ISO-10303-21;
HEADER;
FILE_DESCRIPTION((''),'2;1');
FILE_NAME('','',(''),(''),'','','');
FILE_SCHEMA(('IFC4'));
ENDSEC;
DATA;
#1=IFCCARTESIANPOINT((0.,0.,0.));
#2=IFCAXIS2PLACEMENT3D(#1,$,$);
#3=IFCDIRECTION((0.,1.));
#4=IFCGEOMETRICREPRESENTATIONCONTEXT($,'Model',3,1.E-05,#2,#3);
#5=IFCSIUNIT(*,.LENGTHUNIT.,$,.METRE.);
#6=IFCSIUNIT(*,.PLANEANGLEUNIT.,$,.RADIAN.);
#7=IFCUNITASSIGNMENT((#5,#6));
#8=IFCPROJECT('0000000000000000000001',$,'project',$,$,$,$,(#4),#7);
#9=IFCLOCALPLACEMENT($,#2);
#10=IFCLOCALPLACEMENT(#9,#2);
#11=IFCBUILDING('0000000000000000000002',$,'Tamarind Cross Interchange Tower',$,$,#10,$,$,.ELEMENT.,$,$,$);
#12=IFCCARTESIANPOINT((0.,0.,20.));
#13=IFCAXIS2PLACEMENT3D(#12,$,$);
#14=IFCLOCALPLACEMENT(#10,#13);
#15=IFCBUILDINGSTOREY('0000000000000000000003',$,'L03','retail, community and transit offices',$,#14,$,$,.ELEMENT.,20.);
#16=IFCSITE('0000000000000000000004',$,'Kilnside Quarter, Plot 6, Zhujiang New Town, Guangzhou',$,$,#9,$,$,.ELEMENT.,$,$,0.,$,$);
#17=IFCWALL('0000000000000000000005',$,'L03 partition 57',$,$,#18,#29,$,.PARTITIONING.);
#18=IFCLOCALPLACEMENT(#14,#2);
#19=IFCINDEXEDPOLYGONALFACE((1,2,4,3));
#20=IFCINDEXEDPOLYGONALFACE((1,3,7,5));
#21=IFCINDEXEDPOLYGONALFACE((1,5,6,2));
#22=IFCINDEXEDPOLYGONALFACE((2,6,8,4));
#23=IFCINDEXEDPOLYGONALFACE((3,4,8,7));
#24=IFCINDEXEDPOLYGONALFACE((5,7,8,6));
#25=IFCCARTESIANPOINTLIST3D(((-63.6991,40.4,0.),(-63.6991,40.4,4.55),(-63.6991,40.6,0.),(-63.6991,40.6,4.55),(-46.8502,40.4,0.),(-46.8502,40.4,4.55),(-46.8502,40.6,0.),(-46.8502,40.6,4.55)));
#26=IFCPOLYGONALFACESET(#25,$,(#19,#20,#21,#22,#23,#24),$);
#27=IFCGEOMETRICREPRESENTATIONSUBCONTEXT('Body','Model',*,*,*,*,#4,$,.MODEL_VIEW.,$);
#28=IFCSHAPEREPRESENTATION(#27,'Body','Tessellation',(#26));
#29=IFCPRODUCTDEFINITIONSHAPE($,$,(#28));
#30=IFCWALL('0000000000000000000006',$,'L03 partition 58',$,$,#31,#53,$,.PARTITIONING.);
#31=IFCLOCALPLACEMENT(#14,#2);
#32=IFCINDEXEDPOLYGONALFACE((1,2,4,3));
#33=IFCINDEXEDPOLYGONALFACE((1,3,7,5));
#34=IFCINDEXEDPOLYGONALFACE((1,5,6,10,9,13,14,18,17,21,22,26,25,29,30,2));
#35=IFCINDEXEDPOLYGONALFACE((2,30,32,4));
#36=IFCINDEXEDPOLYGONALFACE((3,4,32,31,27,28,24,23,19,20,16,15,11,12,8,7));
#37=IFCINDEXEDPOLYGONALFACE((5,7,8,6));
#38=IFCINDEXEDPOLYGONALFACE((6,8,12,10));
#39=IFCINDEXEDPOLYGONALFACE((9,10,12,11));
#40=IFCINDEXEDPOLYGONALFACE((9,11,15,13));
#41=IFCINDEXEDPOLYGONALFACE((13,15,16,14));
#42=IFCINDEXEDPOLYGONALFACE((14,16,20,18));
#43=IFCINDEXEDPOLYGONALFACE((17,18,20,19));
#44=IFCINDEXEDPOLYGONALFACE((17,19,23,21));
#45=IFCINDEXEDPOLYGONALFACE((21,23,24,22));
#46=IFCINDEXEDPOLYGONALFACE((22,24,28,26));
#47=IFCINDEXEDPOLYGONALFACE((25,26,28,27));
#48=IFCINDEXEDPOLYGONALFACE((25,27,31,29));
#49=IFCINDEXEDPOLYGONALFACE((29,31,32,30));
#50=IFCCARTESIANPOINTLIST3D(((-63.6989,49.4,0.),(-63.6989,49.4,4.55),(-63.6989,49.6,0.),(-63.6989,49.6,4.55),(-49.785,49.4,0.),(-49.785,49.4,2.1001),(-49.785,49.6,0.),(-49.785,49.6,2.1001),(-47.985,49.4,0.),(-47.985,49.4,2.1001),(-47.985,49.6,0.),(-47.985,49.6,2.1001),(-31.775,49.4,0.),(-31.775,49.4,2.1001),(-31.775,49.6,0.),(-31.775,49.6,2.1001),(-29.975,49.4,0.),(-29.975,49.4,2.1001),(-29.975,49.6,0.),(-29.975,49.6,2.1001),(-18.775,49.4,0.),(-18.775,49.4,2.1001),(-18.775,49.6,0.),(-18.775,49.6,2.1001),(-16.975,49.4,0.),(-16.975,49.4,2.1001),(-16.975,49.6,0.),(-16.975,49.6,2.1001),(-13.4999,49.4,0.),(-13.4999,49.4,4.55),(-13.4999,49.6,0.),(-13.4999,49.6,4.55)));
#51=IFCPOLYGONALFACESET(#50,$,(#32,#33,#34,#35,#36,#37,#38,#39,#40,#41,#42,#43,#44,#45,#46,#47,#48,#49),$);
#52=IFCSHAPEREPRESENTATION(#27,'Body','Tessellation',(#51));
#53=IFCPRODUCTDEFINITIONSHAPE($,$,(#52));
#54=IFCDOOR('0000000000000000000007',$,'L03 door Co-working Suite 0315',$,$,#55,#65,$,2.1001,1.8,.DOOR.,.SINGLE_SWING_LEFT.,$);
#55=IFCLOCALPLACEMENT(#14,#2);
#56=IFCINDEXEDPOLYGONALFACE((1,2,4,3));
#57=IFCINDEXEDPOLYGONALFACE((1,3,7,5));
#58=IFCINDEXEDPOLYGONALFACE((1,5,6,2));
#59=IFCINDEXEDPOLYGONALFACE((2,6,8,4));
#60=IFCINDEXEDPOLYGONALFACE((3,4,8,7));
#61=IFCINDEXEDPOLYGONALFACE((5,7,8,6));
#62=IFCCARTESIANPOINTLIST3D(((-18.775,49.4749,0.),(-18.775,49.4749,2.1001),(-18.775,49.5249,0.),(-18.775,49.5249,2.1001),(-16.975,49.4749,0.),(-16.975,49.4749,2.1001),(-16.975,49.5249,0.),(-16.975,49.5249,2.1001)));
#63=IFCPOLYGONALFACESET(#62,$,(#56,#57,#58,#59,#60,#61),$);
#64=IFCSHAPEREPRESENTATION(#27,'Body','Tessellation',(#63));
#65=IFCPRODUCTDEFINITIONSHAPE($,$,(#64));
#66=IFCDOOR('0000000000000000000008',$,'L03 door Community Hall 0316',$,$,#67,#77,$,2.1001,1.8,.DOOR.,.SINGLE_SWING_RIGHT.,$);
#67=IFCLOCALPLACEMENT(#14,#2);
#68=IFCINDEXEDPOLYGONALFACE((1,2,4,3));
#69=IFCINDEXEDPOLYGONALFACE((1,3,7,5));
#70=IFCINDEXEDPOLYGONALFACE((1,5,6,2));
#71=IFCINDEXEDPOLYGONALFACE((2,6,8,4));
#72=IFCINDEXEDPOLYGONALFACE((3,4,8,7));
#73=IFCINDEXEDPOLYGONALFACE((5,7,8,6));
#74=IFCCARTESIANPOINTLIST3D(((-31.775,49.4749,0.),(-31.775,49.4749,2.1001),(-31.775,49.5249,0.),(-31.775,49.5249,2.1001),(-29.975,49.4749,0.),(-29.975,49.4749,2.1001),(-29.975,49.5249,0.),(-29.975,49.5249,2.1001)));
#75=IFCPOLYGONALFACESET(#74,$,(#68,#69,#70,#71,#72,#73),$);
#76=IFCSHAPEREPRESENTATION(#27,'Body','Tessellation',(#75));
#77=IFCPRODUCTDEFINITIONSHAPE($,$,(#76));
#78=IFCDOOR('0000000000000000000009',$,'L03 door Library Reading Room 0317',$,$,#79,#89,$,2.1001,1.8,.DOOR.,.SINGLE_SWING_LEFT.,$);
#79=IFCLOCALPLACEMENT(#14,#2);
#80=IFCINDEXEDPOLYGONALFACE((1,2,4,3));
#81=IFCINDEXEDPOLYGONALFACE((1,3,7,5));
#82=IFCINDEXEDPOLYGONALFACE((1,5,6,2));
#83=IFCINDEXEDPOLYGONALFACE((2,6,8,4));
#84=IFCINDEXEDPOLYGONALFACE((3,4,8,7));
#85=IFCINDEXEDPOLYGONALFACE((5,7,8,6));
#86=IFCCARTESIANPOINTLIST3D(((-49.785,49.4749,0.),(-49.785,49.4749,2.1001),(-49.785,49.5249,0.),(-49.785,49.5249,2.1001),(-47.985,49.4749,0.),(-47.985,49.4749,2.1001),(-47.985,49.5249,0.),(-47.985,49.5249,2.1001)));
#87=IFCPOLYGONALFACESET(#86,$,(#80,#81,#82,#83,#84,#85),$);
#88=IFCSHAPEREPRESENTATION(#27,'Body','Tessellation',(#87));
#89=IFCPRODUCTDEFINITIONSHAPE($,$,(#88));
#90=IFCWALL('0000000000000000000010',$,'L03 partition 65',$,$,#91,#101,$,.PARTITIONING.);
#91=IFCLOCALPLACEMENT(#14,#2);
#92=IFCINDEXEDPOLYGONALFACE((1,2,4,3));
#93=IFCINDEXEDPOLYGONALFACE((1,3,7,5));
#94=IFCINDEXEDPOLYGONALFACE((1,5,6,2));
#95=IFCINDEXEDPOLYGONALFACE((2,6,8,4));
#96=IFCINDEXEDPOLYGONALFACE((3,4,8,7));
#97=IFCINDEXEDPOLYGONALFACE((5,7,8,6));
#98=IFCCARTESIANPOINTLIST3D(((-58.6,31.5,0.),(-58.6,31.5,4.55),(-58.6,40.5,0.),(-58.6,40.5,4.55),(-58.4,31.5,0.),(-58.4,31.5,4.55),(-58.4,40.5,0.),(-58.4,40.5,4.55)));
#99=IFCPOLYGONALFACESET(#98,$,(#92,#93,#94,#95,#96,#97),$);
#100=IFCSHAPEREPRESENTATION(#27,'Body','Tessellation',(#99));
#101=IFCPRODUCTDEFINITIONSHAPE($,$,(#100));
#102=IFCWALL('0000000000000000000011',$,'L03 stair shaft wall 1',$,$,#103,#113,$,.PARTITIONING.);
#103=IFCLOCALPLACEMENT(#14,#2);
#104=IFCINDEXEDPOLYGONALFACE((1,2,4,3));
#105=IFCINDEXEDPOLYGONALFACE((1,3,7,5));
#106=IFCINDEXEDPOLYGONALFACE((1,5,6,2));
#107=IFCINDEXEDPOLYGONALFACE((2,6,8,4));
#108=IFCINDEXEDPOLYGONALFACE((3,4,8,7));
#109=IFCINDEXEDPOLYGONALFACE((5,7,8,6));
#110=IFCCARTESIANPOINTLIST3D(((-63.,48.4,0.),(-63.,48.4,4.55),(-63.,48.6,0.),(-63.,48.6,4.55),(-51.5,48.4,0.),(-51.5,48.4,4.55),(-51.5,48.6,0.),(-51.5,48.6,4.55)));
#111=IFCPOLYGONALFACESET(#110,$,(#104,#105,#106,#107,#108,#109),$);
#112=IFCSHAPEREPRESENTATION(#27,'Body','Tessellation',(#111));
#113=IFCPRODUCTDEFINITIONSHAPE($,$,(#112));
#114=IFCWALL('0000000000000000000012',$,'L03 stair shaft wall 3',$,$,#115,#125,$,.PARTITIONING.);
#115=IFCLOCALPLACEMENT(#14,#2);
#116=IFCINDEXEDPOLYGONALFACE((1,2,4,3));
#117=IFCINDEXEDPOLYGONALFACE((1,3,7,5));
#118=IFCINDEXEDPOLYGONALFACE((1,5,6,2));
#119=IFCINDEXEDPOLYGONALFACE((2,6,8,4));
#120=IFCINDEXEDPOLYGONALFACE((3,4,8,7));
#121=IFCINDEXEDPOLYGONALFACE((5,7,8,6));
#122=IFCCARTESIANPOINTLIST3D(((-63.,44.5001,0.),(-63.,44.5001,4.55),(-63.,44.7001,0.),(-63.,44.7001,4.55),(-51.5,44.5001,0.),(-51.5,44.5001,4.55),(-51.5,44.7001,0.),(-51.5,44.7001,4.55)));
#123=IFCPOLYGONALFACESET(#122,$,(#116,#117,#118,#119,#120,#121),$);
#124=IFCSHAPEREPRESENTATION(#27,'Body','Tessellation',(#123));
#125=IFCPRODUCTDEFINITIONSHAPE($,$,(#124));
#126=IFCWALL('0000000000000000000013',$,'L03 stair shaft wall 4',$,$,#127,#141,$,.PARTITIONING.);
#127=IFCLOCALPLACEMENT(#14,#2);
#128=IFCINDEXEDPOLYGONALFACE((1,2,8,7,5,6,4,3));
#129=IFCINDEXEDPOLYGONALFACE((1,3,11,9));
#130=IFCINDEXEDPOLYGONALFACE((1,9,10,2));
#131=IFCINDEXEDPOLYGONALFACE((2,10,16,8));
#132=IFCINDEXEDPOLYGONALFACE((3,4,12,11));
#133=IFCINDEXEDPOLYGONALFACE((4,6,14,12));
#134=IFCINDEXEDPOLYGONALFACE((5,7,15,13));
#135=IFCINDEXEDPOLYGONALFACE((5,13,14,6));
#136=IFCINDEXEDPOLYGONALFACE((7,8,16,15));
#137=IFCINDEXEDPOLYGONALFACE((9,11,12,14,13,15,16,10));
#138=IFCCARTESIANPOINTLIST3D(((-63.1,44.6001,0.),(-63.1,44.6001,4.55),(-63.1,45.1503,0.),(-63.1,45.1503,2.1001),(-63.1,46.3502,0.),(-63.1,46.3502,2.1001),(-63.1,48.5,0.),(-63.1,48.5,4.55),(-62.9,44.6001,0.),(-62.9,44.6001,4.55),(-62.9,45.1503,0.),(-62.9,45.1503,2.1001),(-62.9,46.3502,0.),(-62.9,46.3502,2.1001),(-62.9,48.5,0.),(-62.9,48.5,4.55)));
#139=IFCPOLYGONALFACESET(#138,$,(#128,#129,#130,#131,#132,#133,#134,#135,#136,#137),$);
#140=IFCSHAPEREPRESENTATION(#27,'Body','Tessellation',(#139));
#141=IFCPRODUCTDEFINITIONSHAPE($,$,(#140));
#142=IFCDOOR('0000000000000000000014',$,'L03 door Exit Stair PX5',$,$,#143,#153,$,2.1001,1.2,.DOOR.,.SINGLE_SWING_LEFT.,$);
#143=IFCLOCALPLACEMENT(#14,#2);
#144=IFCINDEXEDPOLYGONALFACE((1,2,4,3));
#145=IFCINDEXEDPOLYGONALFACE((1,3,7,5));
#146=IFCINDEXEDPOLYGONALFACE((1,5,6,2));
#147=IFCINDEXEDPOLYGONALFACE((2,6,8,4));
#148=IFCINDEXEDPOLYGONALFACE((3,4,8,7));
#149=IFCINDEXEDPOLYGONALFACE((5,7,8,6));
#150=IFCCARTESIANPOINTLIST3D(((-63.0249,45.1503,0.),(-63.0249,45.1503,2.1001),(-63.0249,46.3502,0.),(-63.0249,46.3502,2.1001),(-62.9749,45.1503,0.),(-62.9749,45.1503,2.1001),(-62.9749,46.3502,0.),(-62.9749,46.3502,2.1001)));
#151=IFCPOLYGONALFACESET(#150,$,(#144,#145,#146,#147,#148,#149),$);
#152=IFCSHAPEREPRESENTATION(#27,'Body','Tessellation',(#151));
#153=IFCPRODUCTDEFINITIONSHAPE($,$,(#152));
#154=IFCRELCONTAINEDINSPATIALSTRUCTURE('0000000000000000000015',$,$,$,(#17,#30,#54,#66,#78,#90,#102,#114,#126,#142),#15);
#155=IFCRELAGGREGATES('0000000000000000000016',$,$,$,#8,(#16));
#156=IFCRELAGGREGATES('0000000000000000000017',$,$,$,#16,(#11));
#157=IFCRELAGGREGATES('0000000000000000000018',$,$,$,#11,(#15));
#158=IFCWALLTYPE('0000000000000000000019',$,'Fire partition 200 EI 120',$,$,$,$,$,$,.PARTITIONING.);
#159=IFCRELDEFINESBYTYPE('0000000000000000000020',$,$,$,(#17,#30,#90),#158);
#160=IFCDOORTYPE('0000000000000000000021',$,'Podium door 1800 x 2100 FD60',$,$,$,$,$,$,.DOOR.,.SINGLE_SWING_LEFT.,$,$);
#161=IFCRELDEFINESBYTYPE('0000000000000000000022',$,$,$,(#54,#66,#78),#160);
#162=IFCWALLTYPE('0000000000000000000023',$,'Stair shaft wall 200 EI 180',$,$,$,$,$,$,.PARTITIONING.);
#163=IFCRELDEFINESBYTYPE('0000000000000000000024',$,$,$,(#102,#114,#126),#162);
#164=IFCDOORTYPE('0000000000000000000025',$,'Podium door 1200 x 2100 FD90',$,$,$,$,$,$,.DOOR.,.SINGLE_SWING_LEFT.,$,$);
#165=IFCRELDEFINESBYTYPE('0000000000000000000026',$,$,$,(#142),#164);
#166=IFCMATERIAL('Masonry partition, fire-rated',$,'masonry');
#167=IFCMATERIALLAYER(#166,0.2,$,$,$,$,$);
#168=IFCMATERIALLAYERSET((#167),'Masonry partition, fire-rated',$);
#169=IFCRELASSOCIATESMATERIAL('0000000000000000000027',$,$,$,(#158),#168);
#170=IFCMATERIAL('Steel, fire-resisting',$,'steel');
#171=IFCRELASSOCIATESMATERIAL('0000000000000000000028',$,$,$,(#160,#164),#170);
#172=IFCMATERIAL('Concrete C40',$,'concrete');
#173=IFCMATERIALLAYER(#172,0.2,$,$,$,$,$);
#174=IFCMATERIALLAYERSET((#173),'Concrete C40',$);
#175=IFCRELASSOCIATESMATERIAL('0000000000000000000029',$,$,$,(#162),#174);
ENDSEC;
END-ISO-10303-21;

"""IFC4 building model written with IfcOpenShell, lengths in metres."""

from ifc_helpers import new_model, si_unit, direction, frame, frame_2d, origin, place, context, subcontext, project, spatial, rectangle, extrude, material, layer, layer_set, type_object, element, fill, save


model = new_model("IFC4")

# Units and contexts
model_context = context("Model", 3, precision=1e-05, world=origin(), true_north=direction((0.0, 1.0)))
body_context = subcontext(model_context, "Body", "Model", "MODEL_VIEW")
ifc_project = project(units=[si_unit("LENGTHUNIT", "METRE"), si_unit("PLANEANGLEUNIT", "RADIAN")], contexts=[model_context])

# Site, building, storey
site_placement = place(None, origin())
site = spatial("IfcSite", under=ifc_project, at=site_placement, Name="Kilnside Quarter, Plot 6, Zhujiang New Town, Guangzhou", CompositionType="ELEMENT", RefElevation=0.0)
building_placement = place(site_placement, origin())
building = spatial("IfcBuilding", under=site, at=building_placement, Name="Tamarind Cross Interchange Tower", CompositionType="ELEMENT")
storey_placement = place(building_placement, frame((0.0, 0.0, 20.0)))
storey = spatial("IfcBuildingStorey", under=building, at=storey_placement, Name="L03", Description="retail, community and transit offices", CompositionType="ELEMENT", Elevation=20.0)

# Shared definitions
ifc_material_1 = material(Name="Masonry partition, fire-rated", Category="masonry")
ifc_layer_1 = layer(ifc_material_1, 0.2)
ifc_layer_set_1 = layer_set([ifc_layer_1], Name="Masonry partition, fire-rated")
wall_type_1 = type_object("IfcWallType", Name="Fire partition 200 EI 120", PredefinedType="PARTITIONING", material=ifc_layer_set_1)
ifc_material_2 = material(Name="Steel, fire-resisting", Category="steel")
door_type_1 = type_object("IfcDoorType", Name="Podium door 1800 x 2100 FD60", OperationType="SINGLE_SWING_LEFT", PredefinedType="DOOR", material=ifc_material_2)

# Wall
wall_1_placement = place(storey_placement, frame((-63.699, 40.5, 0.0), z_axis=(0.0, 0.0, 1.0), x_axis=(1.0, 0.0, 0.0)))
element("IfcWall", 1, at=wall_1_placement, inside=storey, type_object=wall_type_1, Name="L03 partition 57", PredefinedType="PARTITIONING", context=body_context, shape_type="SweptSolid", body=[
    extrude(rectangle(XDim=16.8489, YDim=0.2, at=frame_2d((8.4243, 0.0))), origin(), (0.0, 0.0, 1.0), 4.55),
])

# Wall, openings, doors
wall_2_placement = place(storey_placement, frame((-63.699, 49.5, 0.0), z_axis=(0.0, 0.0, 1.0), x_axis=(1.0, 0.0, 0.0)))
wall_2 = element("IfcWall", 2, at=wall_2_placement, inside=storey, type_object=wall_type_1, Name="L03 partition 58", PredefinedType="PARTITIONING", context=body_context, shape_type="SweptSolid", body=[
    extrude(rectangle(XDim=50.199, YDim=0.2, at=frame_2d((25.0996, 0.0))), origin(), (0.0, 0.0, 1.0), 4.55),
])
opening_1_placement = place(wall_2_placement, frame((44.9241, 0.0, 0.0)))
opening_1 = element("IfcOpeningElement", 3, at=opening_1_placement, cuts=wall_2, PredefinedType="OPENING", context=body_context, shape_type="SweptSolid", body=[
    extrude(rectangle(XDim=1.8, YDim=2.1001, at=frame_2d((0.8999, 1.05))), frame((0.0, 0.1099, 0.0), z_axis=(0.0, -1.0, 0.0), x_axis=(1.0, 0.0, 0.0)), (0.0, 0.0, 1.0), 0.22),
])
opening_2_placement = place(wall_2_placement, frame((31.9241, 0.0, 0.0)))
opening_2 = element("IfcOpeningElement", 4, at=opening_2_placement, cuts=wall_2, PredefinedType="OPENING", context=body_context, shape_type="SweptSolid", body=[
    extrude(rectangle(XDim=1.8, YDim=2.1001, at=frame_2d((0.8999, 1.05))), frame((0.0, 0.1099, 0.0), z_axis=(0.0, -1.0, 0.0), x_axis=(1.0, 0.0, 0.0)), (0.0, 0.0, 1.0), 0.22),
])
opening_3_placement = place(wall_2_placement, frame((13.9141, 0.0, 0.0)))
opening_3 = element("IfcOpeningElement", 5, at=opening_3_placement, cuts=wall_2, PredefinedType="OPENING", context=body_context, shape_type="SweptSolid", body=[
    extrude(rectangle(XDim=1.8, YDim=2.1001, at=frame_2d((0.8999, 1.05))), frame((0.0, 0.1099, 0.0), z_axis=(0.0, -1.0, 0.0), x_axis=(1.0, 0.0, 0.0)), (0.0, 0.0, 1.0), 0.22),
])
door_1_placement = place(opening_1_placement, origin())
door_1 = element("IfcDoor", 6, at=door_1_placement, inside=storey, type_object=door_type_1, Name="L03 door Co-working Suite 0315", OperationType="SINGLE_SWING_LEFT", OverallHeight=2.1001, OverallWidth=1.8, PredefinedType="DOOR", context=body_context, shape_type="SweptSolid", body=[
    extrude(rectangle(XDim=1.8, YDim=2.1001, at=frame_2d((0.8999, 1.05))), frame((0.0, 0.0249, 0.0), z_axis=(0.0, -1.0, 0.0), x_axis=(1.0, 0.0, 0.0)), (0.0, 0.0, 1.0), 0.05),
])
fill(opening_1, door_1)
door_2_placement = place(opening_2_placement, origin())
door_2 = element("IfcDoor", 7, at=door_2_placement, inside=storey, type_object=door_type_1, Name="L03 door Community Hall 0316", OperationType="SINGLE_SWING_RIGHT", OverallHeight=2.1001, OverallWidth=1.8, PredefinedType="DOOR", context=body_context, shape_type="SweptSolid", body=[
    extrude(rectangle(XDim=1.8, YDim=2.1001, at=frame_2d((0.8999, 1.05))), frame((0.0, 0.0249, 0.0), z_axis=(0.0, -1.0, 0.0), x_axis=(1.0, 0.0, 0.0)), (0.0, 0.0, 1.0), 0.05),
])
fill(opening_2, door_2)
door_3_placement = place(opening_3_placement, origin())
door_3 = element("IfcDoor", 8, at=door_3_placement, inside=storey, type_object=door_type_1, Name="L03 door Library Reading Room 0317", OperationType="SINGLE_SWING_LEFT", OverallHeight=2.1001, OverallWidth=1.8, PredefinedType="DOOR", context=body_context, shape_type="SweptSolid", body=[
    extrude(rectangle(XDim=1.8, YDim=2.1001, at=frame_2d((0.8999, 1.05))), frame((0.0, 0.0249, 0.0), z_axis=(0.0, -1.0, 0.0), x_axis=(1.0, 0.0, 0.0)), (0.0, 0.0, 1.0), 0.05),
])
fill(opening_3, door_3)

# Walls
wall_3_placement = place(storey_placement, frame((-58.5, 31.5, 0.0), z_axis=(0.0, 0.0, 1.0), x_axis=(0.0, 1.0, 0.0)))
element("IfcWall", 9, at=wall_3_placement, inside=storey, type_object=wall_type_1, Name="L03 partition 65", PredefinedType="PARTITIONING", context=body_context, shape_type="SweptSolid", body=[
    extrude(rectangle(XDim=9.0, YDim=0.2, at=frame_2d((4.5, 0.0))), origin(), (0.0, 0.0, 1.0), 4.55),
])
ifc_material_3 = material(Name="Concrete C40", Category="concrete")
ifc_layer_2 = layer(ifc_material_3, 0.2)
ifc_layer_set_2 = layer_set([ifc_layer_2], Name="Concrete C40")
wall_type_2 = type_object("IfcWallType", Name="Stair shaft wall 200 EI 180", PredefinedType="PARTITIONING", material=ifc_layer_set_2)
for number, where, z_axis, x_axis, name in (
    (10, (-63.0, 48.5, 0.0), (0.0, 0.0, 1.0), (1.0, 0.0, 0.0), "L03 stair shaft wall 1"),
    (11, (-63.0, 44.6001, 0.0), (0.0, 0.0, 1.0), (1.0, 0.0, 0.0), "L03 stair shaft wall 3"),
):
    element("IfcWall", number, at=place(storey_placement, frame(where, z_axis=z_axis, x_axis=x_axis)), inside=storey, type_object=wall_type_2, Name=name, PredefinedType="PARTITIONING", context=body_context, shape_type="SweptSolid", body=[
        extrude(rectangle(XDim=11.5, YDim=0.2, at=frame_2d((5.75, 0.0))), origin(), (0.0, 0.0, 1.0), 4.55),
    ])

# Wall, opening, door
wall_4_placement = place(storey_placement, frame((-63.0, 44.6001, 0.0), z_axis=(0.0, 0.0, 1.0), x_axis=(0.0, 1.0, 0.0)))
wall_4 = element("IfcWall", 12, at=wall_4_placement, inside=storey, type_object=wall_type_2, Name="L03 stair shaft wall 4", PredefinedType="PARTITIONING", context=body_context, shape_type="SweptSolid", body=[
    extrude(rectangle(XDim=3.8999, YDim=0.2, at=frame_2d((1.95, 0.0))), origin(), (0.0, 0.0, 1.0), 4.55),
])
opening_4_placement = place(wall_4_placement, frame((0.55, 0.0, 0.0)))
opening_4 = element("IfcOpeningElement", 13, at=opening_4_placement, cuts=wall_4, PredefinedType="OPENING", context=body_context, shape_type="SweptSolid", body=[
    extrude(rectangle(XDim=1.2, YDim=2.1001, at=frame_2d((0.6001, 1.05))), frame((0.0, 0.1099, 0.0), z_axis=(0.0, -1.0, 0.0), x_axis=(1.0, 0.0, 0.0)), (0.0, 0.0, 1.0), 0.22),
])
door_type_2 = type_object("IfcDoorType", Name="Podium door 1200 x 2100 FD90", OperationType="SINGLE_SWING_LEFT", PredefinedType="DOOR", material=ifc_material_2)
door_4_placement = place(opening_4_placement, origin())
door_4 = element("IfcDoor", 14, at=door_4_placement, inside=storey, type_object=door_type_2, Name="L03 door Exit Stair PX5", OperationType="SINGLE_SWING_LEFT", OverallHeight=2.1001, OverallWidth=1.2, PredefinedType="DOOR", context=body_context, shape_type="SweptSolid", body=[
    extrude(rectangle(XDim=1.2, YDim=2.1001, at=frame_2d((0.6001, 1.05))), frame((0.0, 0.0249, 0.0), z_axis=(0.0, -1.0, 0.0), x_axis=(1.0, 0.0, 0.0)), (0.0, 0.0, 1.0), 0.05),
])
fill(opening_4, door_4)

save(model, "model.ifc")
